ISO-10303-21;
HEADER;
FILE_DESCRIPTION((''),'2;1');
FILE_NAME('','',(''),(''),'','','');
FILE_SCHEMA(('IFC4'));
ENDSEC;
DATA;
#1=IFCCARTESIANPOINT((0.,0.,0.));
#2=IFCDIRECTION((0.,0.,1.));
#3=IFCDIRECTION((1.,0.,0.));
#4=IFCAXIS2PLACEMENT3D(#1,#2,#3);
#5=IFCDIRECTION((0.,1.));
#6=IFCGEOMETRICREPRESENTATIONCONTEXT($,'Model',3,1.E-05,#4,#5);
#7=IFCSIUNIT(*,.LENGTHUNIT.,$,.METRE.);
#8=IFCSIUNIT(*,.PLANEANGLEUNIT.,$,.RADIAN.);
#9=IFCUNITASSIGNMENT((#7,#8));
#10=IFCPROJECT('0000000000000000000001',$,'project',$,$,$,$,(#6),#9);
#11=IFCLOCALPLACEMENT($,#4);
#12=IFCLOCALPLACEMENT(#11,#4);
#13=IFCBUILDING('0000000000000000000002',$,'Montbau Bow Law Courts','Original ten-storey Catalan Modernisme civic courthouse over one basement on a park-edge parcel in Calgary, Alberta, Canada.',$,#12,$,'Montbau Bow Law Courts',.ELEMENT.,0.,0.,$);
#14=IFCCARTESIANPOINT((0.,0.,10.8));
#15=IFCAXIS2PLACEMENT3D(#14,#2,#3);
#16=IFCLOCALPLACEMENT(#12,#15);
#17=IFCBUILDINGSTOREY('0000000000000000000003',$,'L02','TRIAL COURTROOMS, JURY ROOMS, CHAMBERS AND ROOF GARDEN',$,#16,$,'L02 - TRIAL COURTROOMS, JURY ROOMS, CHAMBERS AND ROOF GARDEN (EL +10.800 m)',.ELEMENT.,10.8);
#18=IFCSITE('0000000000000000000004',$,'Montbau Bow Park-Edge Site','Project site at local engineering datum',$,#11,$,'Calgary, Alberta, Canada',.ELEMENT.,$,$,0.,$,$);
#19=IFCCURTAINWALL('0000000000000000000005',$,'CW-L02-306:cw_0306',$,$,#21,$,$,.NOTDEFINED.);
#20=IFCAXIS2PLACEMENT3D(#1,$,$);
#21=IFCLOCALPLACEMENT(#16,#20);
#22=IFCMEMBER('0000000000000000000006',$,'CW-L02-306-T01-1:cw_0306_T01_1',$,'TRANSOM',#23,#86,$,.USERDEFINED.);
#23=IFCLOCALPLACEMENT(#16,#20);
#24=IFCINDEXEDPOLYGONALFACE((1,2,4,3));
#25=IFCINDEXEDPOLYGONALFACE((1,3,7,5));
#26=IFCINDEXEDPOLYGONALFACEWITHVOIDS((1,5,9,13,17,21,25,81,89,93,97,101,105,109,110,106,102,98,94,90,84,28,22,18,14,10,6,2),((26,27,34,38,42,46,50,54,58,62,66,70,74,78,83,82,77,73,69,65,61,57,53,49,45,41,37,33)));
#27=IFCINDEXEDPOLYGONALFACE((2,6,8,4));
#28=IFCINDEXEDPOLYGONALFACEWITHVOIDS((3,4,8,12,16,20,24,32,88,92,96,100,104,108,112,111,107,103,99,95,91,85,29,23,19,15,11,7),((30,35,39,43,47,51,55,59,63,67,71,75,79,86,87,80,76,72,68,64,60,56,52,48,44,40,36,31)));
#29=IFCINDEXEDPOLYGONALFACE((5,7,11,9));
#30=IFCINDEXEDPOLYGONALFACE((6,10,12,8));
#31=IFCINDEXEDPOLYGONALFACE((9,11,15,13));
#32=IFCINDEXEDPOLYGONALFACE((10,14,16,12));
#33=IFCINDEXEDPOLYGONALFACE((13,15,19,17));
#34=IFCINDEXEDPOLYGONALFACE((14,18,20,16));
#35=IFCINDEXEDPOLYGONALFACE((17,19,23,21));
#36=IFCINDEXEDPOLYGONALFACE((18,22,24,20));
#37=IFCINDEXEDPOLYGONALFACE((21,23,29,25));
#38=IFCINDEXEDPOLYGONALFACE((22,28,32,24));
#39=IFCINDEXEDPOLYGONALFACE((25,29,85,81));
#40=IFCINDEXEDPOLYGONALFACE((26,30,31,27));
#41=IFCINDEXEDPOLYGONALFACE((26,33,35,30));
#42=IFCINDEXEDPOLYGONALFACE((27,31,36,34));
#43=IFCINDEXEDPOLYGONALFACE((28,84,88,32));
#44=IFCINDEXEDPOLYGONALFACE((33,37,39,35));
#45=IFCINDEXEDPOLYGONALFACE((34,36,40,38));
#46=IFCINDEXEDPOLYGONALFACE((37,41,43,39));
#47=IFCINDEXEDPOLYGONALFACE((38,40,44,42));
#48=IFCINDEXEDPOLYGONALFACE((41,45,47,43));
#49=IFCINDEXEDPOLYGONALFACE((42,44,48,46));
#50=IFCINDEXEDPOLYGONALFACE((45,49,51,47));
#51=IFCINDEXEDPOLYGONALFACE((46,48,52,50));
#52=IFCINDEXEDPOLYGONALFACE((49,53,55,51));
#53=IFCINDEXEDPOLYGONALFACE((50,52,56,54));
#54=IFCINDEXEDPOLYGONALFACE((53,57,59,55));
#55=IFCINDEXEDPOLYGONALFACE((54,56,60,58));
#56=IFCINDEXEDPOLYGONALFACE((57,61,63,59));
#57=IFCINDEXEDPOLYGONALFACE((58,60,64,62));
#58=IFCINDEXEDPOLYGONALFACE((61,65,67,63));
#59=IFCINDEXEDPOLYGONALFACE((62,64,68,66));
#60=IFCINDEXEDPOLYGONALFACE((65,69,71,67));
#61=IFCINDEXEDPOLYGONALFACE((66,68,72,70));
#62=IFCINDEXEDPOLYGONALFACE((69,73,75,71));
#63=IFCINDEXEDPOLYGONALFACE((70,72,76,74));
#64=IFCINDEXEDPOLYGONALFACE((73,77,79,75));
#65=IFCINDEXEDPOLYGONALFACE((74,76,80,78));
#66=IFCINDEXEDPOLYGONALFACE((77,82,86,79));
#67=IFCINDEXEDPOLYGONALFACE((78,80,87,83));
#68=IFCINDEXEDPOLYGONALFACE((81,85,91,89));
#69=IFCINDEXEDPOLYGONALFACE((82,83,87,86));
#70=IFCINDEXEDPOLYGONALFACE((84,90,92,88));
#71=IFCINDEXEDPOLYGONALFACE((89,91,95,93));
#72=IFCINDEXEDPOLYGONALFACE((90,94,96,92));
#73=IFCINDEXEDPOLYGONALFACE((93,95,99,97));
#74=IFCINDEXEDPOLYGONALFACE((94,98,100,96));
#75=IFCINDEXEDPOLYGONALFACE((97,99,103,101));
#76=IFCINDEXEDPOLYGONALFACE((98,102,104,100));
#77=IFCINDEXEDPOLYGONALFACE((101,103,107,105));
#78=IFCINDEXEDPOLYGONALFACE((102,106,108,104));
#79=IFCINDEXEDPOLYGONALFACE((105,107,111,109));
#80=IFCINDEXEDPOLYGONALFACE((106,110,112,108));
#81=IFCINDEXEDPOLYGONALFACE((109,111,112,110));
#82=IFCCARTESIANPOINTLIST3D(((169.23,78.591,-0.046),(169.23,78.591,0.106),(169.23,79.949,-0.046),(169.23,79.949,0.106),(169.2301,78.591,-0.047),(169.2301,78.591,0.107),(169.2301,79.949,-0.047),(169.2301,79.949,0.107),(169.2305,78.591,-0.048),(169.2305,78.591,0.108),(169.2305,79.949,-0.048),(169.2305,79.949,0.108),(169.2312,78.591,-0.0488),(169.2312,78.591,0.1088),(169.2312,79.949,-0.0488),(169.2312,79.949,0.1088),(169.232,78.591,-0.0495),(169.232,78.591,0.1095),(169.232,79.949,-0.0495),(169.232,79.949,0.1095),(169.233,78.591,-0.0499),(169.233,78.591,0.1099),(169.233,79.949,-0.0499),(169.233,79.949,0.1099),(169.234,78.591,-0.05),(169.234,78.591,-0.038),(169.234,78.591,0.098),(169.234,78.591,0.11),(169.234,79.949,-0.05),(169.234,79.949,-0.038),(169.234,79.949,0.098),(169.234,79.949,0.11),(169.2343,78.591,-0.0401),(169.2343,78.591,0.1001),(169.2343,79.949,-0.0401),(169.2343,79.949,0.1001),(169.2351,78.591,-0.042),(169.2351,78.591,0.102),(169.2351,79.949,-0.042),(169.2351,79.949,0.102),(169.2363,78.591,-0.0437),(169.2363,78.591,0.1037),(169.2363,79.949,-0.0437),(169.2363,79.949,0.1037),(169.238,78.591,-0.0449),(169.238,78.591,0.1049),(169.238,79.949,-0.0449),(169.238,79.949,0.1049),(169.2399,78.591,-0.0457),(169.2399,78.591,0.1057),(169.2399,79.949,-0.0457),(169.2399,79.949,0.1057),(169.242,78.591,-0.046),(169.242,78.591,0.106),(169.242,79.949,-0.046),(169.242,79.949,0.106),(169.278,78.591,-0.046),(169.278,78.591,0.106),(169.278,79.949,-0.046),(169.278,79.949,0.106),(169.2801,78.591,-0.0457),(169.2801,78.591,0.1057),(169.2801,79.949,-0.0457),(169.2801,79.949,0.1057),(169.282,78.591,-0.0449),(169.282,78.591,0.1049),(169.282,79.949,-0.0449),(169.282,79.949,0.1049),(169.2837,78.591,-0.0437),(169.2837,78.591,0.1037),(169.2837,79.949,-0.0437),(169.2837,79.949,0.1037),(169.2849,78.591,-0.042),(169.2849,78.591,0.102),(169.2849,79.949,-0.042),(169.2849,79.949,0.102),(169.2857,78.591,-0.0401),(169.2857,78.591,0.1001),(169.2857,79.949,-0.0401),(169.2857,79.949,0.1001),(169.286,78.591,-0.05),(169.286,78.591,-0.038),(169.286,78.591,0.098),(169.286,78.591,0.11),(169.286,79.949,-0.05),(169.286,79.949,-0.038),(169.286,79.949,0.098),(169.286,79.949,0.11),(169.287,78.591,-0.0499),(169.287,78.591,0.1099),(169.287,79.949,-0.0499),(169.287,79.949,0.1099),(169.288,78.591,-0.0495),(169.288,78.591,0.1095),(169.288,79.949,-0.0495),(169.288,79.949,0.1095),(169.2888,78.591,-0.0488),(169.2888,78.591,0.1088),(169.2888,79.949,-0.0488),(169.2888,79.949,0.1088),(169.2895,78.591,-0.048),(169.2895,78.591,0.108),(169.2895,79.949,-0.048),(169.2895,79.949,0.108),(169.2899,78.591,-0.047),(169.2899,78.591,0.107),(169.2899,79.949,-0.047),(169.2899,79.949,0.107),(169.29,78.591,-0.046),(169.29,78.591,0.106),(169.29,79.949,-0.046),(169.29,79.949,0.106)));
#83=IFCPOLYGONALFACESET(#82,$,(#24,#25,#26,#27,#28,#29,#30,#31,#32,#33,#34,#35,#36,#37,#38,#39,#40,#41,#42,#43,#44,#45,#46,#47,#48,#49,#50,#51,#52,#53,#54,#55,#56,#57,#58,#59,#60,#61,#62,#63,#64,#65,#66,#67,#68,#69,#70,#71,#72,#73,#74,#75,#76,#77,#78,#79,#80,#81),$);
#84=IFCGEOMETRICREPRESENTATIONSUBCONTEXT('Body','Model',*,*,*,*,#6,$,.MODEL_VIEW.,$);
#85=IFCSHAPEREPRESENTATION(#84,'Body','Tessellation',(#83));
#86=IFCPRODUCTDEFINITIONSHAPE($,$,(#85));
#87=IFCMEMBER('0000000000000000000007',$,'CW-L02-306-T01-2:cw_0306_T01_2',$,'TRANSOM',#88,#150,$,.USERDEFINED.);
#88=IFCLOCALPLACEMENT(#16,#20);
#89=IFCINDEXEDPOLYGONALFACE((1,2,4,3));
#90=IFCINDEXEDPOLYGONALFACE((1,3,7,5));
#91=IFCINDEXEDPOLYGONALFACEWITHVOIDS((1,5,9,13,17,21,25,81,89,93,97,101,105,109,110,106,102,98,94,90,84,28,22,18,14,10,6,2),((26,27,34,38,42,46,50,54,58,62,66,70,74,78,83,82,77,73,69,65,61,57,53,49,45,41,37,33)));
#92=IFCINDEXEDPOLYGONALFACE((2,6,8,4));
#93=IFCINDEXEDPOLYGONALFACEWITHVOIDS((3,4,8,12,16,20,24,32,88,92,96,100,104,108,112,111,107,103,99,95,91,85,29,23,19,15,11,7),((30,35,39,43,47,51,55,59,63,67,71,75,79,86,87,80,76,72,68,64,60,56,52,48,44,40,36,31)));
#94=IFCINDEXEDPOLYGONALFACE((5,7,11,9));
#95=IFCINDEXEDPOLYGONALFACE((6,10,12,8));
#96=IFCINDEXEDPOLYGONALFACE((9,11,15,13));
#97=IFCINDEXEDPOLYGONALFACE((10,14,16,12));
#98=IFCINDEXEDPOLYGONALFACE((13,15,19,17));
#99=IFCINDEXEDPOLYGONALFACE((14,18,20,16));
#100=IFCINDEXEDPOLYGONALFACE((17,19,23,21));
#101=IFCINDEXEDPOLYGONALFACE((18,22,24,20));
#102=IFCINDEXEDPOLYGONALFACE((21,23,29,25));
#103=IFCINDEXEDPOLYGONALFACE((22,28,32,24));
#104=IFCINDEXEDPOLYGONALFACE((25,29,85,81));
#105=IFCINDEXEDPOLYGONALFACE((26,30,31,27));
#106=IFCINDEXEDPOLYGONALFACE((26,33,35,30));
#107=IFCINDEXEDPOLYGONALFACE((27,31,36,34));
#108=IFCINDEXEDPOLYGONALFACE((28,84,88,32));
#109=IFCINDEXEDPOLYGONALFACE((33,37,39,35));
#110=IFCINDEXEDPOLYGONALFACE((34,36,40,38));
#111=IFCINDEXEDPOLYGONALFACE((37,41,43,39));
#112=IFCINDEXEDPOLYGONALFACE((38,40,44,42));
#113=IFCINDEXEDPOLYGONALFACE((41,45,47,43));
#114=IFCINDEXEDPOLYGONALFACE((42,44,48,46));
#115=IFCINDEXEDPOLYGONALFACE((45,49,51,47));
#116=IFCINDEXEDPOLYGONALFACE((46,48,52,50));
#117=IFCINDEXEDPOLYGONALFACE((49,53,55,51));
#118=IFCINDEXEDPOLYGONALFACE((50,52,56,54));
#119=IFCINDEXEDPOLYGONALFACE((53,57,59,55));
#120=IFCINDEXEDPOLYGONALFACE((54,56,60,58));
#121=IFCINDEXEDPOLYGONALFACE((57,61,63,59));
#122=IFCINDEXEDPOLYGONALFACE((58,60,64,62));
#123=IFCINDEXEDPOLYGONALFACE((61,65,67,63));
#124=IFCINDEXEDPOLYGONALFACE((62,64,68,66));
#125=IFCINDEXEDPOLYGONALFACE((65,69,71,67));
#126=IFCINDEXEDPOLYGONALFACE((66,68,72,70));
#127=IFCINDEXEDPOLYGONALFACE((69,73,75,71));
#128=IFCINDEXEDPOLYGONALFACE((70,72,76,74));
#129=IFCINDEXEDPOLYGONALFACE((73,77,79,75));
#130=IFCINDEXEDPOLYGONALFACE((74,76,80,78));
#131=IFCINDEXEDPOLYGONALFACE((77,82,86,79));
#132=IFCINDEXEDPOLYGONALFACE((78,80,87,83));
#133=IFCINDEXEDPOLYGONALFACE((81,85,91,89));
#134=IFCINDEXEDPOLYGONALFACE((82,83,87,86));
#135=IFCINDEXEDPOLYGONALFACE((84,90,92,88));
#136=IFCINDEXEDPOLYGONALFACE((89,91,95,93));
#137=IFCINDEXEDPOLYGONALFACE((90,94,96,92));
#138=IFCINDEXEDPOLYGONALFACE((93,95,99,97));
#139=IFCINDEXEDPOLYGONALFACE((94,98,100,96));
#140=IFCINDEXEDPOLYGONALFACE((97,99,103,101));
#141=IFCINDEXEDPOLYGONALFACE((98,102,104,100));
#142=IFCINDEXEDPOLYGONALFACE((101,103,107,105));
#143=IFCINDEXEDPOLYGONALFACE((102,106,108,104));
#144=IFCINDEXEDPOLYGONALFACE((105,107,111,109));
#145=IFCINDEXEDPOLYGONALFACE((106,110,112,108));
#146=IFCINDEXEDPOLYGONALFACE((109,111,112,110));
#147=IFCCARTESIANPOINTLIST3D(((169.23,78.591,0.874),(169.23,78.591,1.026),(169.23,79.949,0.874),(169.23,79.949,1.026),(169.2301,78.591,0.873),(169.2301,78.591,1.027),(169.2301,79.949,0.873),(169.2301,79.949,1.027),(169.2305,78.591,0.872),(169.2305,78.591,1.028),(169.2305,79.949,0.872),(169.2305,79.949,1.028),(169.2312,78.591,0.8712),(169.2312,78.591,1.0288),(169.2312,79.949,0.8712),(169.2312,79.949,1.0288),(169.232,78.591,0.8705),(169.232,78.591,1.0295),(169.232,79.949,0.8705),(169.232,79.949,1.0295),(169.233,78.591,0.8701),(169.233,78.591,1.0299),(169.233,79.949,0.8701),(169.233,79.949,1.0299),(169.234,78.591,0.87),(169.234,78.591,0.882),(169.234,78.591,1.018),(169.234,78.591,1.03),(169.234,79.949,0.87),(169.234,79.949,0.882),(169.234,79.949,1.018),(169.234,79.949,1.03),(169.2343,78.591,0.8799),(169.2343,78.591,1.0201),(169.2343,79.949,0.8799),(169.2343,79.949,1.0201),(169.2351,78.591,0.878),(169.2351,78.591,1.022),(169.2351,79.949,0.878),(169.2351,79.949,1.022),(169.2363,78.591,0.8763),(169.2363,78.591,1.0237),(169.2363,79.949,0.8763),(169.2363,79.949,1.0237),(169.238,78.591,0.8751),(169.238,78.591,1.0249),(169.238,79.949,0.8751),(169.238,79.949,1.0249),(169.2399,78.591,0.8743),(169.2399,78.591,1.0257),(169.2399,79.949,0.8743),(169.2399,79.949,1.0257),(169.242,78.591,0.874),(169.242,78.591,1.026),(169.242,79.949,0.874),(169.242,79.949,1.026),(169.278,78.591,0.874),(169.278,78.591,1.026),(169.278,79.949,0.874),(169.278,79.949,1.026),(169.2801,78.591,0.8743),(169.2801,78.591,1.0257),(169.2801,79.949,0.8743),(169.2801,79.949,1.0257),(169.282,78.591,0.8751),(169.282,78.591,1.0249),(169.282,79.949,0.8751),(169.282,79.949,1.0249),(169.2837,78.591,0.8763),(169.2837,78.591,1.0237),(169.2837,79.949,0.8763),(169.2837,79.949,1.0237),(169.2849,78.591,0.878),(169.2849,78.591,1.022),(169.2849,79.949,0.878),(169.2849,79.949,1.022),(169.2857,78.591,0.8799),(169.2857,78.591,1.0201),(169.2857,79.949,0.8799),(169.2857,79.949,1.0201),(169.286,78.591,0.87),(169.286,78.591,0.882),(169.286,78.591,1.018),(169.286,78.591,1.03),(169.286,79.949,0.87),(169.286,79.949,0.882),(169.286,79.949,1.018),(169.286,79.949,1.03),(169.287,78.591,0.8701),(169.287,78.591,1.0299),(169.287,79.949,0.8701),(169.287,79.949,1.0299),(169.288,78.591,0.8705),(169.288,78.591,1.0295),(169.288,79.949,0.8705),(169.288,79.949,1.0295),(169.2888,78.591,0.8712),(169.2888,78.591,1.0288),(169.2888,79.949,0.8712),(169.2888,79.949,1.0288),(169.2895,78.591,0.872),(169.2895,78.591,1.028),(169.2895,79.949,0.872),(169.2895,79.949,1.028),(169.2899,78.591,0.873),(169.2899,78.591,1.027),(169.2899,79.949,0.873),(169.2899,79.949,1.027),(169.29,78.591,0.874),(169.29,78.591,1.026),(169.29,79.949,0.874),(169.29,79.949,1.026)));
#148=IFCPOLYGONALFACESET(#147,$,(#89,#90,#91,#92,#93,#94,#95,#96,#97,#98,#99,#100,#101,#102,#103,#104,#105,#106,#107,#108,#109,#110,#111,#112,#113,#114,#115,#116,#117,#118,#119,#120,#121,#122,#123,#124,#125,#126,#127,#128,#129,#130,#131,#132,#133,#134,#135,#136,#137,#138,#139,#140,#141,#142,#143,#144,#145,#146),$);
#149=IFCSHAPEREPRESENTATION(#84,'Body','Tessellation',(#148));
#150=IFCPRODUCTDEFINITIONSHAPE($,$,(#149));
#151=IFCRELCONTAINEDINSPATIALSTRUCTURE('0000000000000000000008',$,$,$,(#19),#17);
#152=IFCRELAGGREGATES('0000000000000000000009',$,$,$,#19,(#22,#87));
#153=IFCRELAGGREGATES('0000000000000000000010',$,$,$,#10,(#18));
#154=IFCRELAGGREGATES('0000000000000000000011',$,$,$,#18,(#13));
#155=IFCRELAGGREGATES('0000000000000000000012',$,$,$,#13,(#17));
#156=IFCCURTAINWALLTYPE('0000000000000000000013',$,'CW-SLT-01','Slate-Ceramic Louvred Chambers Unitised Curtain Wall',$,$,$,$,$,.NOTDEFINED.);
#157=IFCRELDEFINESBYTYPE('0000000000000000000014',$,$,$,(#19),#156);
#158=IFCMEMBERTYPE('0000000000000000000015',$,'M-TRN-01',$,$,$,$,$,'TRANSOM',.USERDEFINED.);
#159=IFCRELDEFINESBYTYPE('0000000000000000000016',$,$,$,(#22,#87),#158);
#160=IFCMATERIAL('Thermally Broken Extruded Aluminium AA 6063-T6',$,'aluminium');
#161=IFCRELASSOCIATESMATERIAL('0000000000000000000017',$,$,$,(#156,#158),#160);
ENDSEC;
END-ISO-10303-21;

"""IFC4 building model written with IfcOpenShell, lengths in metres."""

from ifc_helpers import new_model, si_unit, direction, frame, origin_with_axes, origin_2d_with_axis, place, context, subcontext, project, spatial, hollow_rectangle, extrude, material, material_profile, profile_set, type_object, element, aggregate, save


model = new_model("IFC4")

# Units and contexts
model_context = context("Model", 3, precision=1e-05, world=origin_with_axes(), true_north=direction((0.0, 1.0)))
body_context = subcontext(model_context, "Body", "Model", "MODEL_VIEW")
ifc_project = project(units=[si_unit("LENGTHUNIT", "METRE"), si_unit("PLANEANGLEUNIT", "RADIAN")], contexts=[model_context])

# Site, building, storey
site_placement = place(None, origin_with_axes())
site = spatial("IfcSite", under=ifc_project, at=site_placement, Name="Montbau Bow Park-Edge Site", Description="Project site at local engineering datum", LongName="Calgary, Alberta, Canada", CompositionType="ELEMENT", RefElevation=0.0)
building_placement = place(site_placement, origin_with_axes())
building = spatial("IfcBuilding", under=site, at=building_placement, Name="Montbau Bow Law Courts", Description="Original ten-storey Catalan Modernisme civic courthouse over one basement on a park-edge parcel in Calgary, Alberta, Canada.", LongName="Montbau Bow Law Courts", CompositionType="ELEMENT", ElevationOfRefHeight=0.0, ElevationOfTerrain=0.0)
storey_placement = place(building_placement, frame((0.0, 0.0, 10.8), z_axis=(0.0, 0.0, 1.0), x_axis=(1.0, 0.0, 0.0)))
storey = spatial("IfcBuildingStorey", under=building, at=storey_placement, Name="L02", Description="TRIAL COURTROOMS, JURY ROOMS, CHAMBERS AND ROOF GARDEN", LongName="L02 - TRIAL COURTROOMS, JURY ROOMS, CHAMBERS AND ROOF GARDEN (EL +10.800 m)", CompositionType="ELEMENT", Elevation=10.8)

# Curtain wall
ifc_material_1 = material(Name="Thermally Broken Extruded Aluminium AA 6063-T6", Category="aluminium")
curtain_wall_type = type_object("IfcCurtainWallType", Name="CW-SLT-01", Description="Slate-Ceramic Louvred Chambers Unitised Curtain Wall", PredefinedType="NOTDEFINED", material=ifc_material_1)
curtain_wall_1_placement = place(None, frame((169.26, 78.515, 10.8), z_axis=(0.0, 0.0, 1.0), x_axis=(1.0, 0.0, 0.0)))
curtain_wall_1 = element("IfcCurtainWall", 1, at=curtain_wall_1_placement, inside=storey, type_object=curtain_wall_type, Name="CW-L02-306:cw_0306", PredefinedType="NOTDEFINED")

# Members
ifc_material_profile_1 = material_profile(ifc_material_1, hollow_rectangle(XDim=0.06, YDim=0.16, WallThickness=0.004, InnerFilletRadius=0.008, OuterFilletRadius=0.004, at=origin_2d_with_axis()), Name="CWT-160X60", Category="Main", Priority=0)
ifc_profile_set_1 = profile_set([ifc_material_profile_1], Name="Thermally Broken Extruded Aluminium AA 6063-T6")
member_type_1 = type_object("IfcMemberType", Name="M-TRN-01", ElementType="TRANSOM", PredefinedType="USERDEFINED", material=ifc_profile_set_1)
member_1_placement = place(None, frame((169.26, 78.591, 10.83), z_axis=(0.0, 1.0, 0.0), x_axis=(-1.0, 0.0, 0.0)))
member_1 = element("IfcMember", 2, at=member_1_placement, type_object=member_type_1, Name="CW-L02-306-T01-1:cw_0306_T01_1", ObjectType="TRANSOM", PredefinedType="USERDEFINED", context=body_context, shape_type="SweptSolid", body=[
    extrude(hollow_rectangle(XDim=0.06, YDim=0.16, WallThickness=0.004, InnerFilletRadius=0.008, OuterFilletRadius=0.004, at=origin_2d_with_axis()), origin_with_axes(), (0.0, 0.0, 1.0), 1.358),
])
member_2_placement = place(None, frame((169.26, 78.591, 11.75), z_axis=(0.0, 1.0, 0.0), x_axis=(-1.0, 0.0, 0.0)))
member_2 = element("IfcMember", 3, at=member_2_placement, type_object=member_type_1, Name="CW-L02-306-T01-2:cw_0306_T01_2", ObjectType="TRANSOM", PredefinedType="USERDEFINED", context=body_context, shape_type="SweptSolid", body=[
    extrude(hollow_rectangle(XDim=0.06, YDim=0.16, WallThickness=0.004, InnerFilletRadius=0.008, OuterFilletRadius=0.004, at=origin_2d_with_axis()), origin_with_axes(), (0.0, 0.0, 1.0), 1.358),
])

aggregate(curtain_wall_1, [member_1, member_2])

save(model, "model.ifc")
